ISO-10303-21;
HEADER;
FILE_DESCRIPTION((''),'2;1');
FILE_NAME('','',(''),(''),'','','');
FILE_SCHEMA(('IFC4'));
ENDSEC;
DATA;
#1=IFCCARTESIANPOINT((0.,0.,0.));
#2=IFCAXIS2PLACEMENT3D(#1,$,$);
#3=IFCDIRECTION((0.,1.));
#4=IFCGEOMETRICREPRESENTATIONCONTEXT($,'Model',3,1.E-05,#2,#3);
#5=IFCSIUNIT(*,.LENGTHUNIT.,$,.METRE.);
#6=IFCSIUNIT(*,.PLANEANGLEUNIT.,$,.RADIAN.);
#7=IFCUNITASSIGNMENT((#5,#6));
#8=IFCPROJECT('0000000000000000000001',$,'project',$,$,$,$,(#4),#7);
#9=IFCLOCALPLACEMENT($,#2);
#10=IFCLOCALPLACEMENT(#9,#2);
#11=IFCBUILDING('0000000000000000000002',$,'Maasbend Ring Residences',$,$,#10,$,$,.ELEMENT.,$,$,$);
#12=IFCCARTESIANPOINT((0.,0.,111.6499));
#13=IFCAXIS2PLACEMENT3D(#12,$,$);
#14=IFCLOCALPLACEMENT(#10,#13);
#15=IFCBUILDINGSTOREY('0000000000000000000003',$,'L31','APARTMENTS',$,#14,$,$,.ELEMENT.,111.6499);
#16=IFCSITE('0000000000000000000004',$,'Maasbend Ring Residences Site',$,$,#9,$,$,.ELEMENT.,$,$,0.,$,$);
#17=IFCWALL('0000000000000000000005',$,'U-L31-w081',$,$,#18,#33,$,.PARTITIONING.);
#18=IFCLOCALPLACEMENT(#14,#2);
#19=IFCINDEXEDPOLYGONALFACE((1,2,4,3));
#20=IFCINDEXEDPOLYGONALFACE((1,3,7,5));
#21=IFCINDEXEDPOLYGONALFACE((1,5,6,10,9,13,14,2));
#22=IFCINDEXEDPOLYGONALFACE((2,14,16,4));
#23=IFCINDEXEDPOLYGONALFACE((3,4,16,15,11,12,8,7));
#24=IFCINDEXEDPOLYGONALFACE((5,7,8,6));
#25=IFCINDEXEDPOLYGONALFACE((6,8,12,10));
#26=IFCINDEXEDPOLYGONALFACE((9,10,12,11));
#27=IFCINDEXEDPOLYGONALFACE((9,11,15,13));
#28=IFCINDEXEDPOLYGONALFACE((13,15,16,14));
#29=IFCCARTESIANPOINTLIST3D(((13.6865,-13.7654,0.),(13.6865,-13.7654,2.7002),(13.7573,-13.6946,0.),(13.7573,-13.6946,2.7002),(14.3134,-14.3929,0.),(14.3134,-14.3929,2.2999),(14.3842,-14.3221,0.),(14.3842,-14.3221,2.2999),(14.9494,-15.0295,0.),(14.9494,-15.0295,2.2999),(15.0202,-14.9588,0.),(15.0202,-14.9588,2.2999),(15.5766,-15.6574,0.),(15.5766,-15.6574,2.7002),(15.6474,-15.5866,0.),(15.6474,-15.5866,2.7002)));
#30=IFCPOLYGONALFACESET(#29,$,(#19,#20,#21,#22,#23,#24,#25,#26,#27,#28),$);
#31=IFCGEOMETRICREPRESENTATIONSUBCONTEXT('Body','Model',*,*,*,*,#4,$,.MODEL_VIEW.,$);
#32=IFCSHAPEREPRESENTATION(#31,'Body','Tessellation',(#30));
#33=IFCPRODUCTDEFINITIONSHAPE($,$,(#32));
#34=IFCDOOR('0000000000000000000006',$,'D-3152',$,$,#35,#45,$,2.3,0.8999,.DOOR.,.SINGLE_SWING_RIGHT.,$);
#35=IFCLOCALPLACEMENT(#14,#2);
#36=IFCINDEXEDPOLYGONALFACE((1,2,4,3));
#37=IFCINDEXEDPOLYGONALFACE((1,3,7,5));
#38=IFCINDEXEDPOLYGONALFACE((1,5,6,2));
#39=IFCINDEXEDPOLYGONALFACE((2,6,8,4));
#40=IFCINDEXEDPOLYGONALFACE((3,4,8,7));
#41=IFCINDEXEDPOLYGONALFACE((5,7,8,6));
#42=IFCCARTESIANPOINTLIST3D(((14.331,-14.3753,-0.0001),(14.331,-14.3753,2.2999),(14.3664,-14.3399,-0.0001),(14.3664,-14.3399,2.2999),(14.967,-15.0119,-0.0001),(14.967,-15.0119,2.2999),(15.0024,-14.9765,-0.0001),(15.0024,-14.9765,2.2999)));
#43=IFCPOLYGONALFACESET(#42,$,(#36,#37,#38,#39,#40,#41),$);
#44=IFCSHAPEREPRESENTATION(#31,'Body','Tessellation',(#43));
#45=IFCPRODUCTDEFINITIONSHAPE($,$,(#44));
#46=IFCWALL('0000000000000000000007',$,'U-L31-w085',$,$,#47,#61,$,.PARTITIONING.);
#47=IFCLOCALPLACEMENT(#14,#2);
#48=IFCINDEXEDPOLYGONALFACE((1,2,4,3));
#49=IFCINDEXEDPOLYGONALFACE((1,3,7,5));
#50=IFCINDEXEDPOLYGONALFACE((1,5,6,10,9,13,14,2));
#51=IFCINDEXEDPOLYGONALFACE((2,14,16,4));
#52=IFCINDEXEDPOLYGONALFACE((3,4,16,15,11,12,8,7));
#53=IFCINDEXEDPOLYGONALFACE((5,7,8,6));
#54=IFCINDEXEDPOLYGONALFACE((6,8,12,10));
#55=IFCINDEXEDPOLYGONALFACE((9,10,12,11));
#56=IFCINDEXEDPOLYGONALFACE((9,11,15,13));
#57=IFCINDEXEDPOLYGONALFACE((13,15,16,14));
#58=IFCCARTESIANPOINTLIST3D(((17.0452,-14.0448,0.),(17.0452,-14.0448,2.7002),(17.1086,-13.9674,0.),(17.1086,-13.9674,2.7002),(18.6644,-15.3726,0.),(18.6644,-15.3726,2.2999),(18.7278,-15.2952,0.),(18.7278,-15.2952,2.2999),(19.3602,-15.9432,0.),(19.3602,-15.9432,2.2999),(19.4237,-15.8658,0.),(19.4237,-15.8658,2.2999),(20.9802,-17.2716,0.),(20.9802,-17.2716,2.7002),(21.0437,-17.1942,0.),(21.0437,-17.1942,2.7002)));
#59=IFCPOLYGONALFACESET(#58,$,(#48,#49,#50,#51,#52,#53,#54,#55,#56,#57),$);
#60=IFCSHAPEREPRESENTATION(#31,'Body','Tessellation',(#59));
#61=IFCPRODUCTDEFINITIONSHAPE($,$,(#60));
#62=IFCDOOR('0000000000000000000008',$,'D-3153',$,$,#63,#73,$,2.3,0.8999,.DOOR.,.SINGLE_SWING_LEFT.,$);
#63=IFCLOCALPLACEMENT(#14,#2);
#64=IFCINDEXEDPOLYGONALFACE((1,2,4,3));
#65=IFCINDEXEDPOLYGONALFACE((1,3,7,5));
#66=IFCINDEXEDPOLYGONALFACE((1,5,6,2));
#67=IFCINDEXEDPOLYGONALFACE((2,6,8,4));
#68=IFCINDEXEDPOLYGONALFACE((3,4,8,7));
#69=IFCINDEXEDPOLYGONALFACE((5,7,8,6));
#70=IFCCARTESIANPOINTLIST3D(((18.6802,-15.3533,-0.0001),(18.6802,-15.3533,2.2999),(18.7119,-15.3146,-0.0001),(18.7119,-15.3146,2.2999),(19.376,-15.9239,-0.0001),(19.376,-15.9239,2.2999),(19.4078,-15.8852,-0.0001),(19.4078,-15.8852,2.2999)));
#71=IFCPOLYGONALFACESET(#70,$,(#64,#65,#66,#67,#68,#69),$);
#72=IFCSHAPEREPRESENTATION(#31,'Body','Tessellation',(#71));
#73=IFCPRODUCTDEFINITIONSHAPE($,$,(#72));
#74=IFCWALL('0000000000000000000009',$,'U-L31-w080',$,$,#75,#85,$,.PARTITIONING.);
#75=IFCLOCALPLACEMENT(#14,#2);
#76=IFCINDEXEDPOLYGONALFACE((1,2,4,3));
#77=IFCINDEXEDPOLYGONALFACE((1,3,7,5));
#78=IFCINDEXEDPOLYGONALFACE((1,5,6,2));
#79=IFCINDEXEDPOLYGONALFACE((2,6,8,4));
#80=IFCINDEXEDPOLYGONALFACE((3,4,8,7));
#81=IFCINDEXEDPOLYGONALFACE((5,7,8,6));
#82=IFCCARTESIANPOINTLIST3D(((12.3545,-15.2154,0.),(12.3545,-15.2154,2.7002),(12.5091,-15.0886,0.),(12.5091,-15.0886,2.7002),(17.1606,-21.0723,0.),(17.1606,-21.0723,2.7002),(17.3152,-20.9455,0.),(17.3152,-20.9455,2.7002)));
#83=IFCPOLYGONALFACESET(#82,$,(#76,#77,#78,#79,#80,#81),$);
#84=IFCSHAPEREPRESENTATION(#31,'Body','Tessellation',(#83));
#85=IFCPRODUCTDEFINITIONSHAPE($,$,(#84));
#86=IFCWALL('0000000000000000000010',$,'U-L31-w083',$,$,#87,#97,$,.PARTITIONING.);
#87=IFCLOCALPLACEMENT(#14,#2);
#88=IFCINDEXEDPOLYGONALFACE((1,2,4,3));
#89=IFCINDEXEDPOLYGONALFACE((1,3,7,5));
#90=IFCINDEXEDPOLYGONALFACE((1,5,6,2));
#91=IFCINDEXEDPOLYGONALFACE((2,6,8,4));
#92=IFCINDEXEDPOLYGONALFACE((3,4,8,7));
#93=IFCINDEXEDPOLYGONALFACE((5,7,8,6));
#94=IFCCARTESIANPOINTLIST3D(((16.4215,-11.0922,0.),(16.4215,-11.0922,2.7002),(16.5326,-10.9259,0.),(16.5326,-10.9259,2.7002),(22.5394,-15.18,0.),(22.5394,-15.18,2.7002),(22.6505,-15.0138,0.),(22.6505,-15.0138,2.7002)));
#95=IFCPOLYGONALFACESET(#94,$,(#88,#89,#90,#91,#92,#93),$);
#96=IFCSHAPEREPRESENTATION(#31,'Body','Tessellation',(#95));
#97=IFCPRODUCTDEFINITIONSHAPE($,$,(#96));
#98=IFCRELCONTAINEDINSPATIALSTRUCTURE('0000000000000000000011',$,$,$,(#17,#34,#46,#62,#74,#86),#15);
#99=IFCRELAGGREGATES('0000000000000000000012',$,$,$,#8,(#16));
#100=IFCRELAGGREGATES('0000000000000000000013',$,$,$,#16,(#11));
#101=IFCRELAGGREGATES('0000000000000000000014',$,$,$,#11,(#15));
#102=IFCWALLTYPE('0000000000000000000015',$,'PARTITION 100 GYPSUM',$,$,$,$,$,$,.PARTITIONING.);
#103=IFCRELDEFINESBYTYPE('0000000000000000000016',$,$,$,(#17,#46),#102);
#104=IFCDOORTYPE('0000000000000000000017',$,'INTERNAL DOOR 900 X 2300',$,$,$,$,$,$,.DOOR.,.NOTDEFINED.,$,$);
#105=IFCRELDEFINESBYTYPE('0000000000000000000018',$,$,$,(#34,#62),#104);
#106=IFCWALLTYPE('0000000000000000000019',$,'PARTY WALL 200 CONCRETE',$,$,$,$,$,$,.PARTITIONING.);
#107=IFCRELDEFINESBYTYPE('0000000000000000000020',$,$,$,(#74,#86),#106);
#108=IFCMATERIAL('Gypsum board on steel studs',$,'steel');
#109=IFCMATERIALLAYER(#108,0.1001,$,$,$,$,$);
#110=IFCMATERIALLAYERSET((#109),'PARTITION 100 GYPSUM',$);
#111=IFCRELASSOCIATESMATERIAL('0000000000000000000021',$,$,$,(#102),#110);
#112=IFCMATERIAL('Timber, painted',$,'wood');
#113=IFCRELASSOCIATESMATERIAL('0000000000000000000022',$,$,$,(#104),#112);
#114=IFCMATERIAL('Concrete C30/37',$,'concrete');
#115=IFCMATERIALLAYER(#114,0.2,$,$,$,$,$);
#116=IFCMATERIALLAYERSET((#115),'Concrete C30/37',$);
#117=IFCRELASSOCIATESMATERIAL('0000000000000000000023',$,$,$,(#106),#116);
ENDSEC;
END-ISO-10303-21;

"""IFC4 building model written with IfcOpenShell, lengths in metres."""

from ifc_helpers import new_model, si_unit, direction, frame, frame_2d, origin, place, context, subcontext, project, spatial, rectangle, extrude, material, layer, layer_set, type_object, element, fill, save


model = new_model("IFC4")

# Units and contexts
model_context = context("Model", 3, precision=1e-05, world=origin(), true_north=direction((0.0, 1.0)))
body_context = subcontext(model_context, "Body", "Model", "MODEL_VIEW")
ifc_project = project(units=[si_unit("LENGTHUNIT", "METRE"), si_unit("PLANEANGLEUNIT", "RADIAN")], contexts=[model_context])

# Site, building, storey
site_placement = place(None, origin())
site = spatial("IfcSite", under=ifc_project, at=site_placement, Name="Maasbend Ring Residences Site", CompositionType="ELEMENT", RefElevation=0.0)
building_placement = place(site_placement, origin())
building = spatial("IfcBuilding", under=site, at=building_placement, Name="Maasbend Ring Residences", CompositionType="ELEMENT")
storey_placement = place(building_placement, frame((0.0, 0.0, 111.6499)))
storey = spatial("IfcBuildingStorey", under=building, at=storey_placement, Name="L31", Description="APARTMENTS", CompositionType="ELEMENT", Elevation=111.6499)

# Shared definitions
ifc_material_1 = material(Name="Gypsum board on steel studs", Category="steel")
ifc_layer_1 = layer(ifc_material_1, 0.1001)
ifc_layer_set_1 = layer_set([ifc_layer_1], Name="PARTITION 100 GYPSUM")
wall_type_1 = type_object("IfcWallType", Name="PARTITION 100 GYPSUM", PredefinedType="PARTITIONING", material=ifc_layer_set_1)

# Walls, openings, doors
ifc_material_2 = material(Name="Timber, painted", Category="wood")
door_type_1 = type_object("IfcDoorType", Name="INTERNAL DOOR 900 X 2300", OperationType="NOTDEFINED", PredefinedType="DOOR", material=ifc_material_2)
wall_1_placement = place(storey_placement, frame((13.7219, -13.73, 0.0), z_axis=(0.0, 0.0, 1.0), x_axis=(0.706742, -0.707472, 0.0)))
wall_1 = element("IfcWall", 1, at=wall_1_placement, inside=storey, type_object=wall_type_1, Name="U-L31-w081", PredefinedType="PARTITIONING", context=body_context, shape_type="SweptSolid", body=[
    extrude(rectangle(XDim=2.6743, YDim=0.1001, at=frame_2d((1.3372, 0.0))), origin(), (0.0, 0.0, 1.0), 2.7002),
])
opening_1_placement = place(wall_1_placement, frame((0.887, 0.0, 0.0)))
opening_1 = element("IfcOpeningElement", 2, at=opening_1_placement, cuts=wall_1, PredefinedType="OPENING", context=body_context, shape_type="SweptSolid", body=[
    extrude(rectangle(XDim=0.8999, YDim=2.3, at=frame_2d((0.45, 1.1499))), frame((0.0, 0.0601, 0.0), z_axis=(0.0, -1.0, 0.0), x_axis=(1.0, 0.0, 0.0)), (0.0, 0.0, 1.0), 0.1201),
])
door_1_placement = place(opening_1_placement, origin())
door_1 = element("IfcDoor", 3, at=door_1_placement, inside=storey, type_object=door_type_1, Name="D-3152", OperationType="SINGLE_SWING_RIGHT", OverallHeight=2.3, OverallWidth=0.8999, PredefinedType="DOOR", context=body_context, shape_type="SweptSolid", body=[
    extrude(rectangle(XDim=0.8999, YDim=2.3, at=frame_2d((0.45, 1.1499))), frame((0.0, 0.0249, 0.0), z_axis=(0.0, -1.0, 0.0), x_axis=(1.0, 0.0, 0.0)), (0.0, 0.0, 1.0), 0.05),
])
fill(opening_1, door_1)
wall_2_placement = place(storey_placement, frame((17.0769, -14.0061, 0.0), z_axis=(0.0, 0.0, 1.0), x_axis=(0.773262, -0.634086, 0.0)))
wall_2 = element("IfcWall", 4, at=wall_2_placement, inside=storey, type_object=wall_type_1, Name="U-L31-w085", PredefinedType="PARTITIONING", context=body_context, shape_type="SweptSolid", body=[
    extrude(rectangle(XDim=5.0889, YDim=0.1001, at=frame_2d((2.5444, 0.0))), origin(), (0.0, 0.0, 1.0), 2.7002),
])
opening_2_placement = place(wall_2_placement, frame((2.094, 0.0, 0.0)))
opening_2 = element("IfcOpeningElement", 5, at=opening_2_placement, cuts=wall_2, PredefinedType="OPENING", context=body_context, shape_type="SweptSolid", body=[
    extrude(rectangle(XDim=0.8999, YDim=2.3, at=frame_2d((0.45, 1.1499))), frame((0.0, 0.0601, 0.0), z_axis=(0.0, -1.0, 0.0), x_axis=(1.0, 0.0, 0.0)), (0.0, 0.0, 1.0), 0.1201),
])
door_2_placement = place(opening_2_placement, origin())
door_2 = element("IfcDoor", 6, at=door_2_placement, inside=storey, type_object=door_type_1, Name="D-3153", OperationType="SINGLE_SWING_LEFT", OverallHeight=2.3, OverallWidth=0.8999, PredefinedType="DOOR", context=body_context, shape_type="SweptSolid", body=[
    extrude(rectangle(XDim=0.8999, YDim=2.3, at=frame_2d((0.45, 1.1499))), frame((0.0, 0.0249, 0.0), z_axis=(0.0, -1.0, 0.0), x_axis=(1.0, 0.0, 0.0)), (0.0, 0.0, 1.0), 0.05),
])
fill(opening_2, door_2)

# Walls
ifc_material_3 = material(Name="Concrete C30/37", Category="concrete")
ifc_layer_2 = layer(ifc_material_3, 0.2)
ifc_layer_set_2 = layer_set([ifc_layer_2], Name="Concrete C30/37")
wall_type_2 = type_object("IfcWallType", Name="PARTY WALL 200 CONCRETE", PredefinedType="PARTITIONING", material=ifc_layer_set_2)
wall_3_placement = place(storey_placement, frame((12.4319, -15.1521, 0.0), z_axis=(0.0, 0.0, 1.0), x_axis=(0.634353, -0.773043, 0.0)))
element("IfcWall", 7, at=wall_3_placement, inside=storey, type_object=wall_type_2, Name="U-L31-w080", PredefinedType="PARTITIONING", context=body_context, shape_type="SweptSolid", body=[
    extrude(rectangle(XDim=7.5764, YDim=0.2, at=frame_2d((3.7881, 0.0))), origin(), (0.0, 0.0, 1.0), 2.7002),
])
wall_4_placement = place(storey_placement, frame((16.4771, -11.009, 0.0), z_axis=(0.0, 0.0, 1.0), x_axis=(0.831468, -0.555573, 0.0)))
element("IfcWall", 8, at=wall_4_placement, inside=storey, type_object=wall_type_2, Name="U-L31-w083", PredefinedType="PARTITIONING", context=body_context, shape_type="SweptSolid", body=[
    extrude(rectangle(XDim=7.3579, YDim=0.2, at=frame_2d((3.679, 0.0))), origin(), (0.0, 0.0, 1.0), 2.7002),
])

save(model, "model.ifc")
